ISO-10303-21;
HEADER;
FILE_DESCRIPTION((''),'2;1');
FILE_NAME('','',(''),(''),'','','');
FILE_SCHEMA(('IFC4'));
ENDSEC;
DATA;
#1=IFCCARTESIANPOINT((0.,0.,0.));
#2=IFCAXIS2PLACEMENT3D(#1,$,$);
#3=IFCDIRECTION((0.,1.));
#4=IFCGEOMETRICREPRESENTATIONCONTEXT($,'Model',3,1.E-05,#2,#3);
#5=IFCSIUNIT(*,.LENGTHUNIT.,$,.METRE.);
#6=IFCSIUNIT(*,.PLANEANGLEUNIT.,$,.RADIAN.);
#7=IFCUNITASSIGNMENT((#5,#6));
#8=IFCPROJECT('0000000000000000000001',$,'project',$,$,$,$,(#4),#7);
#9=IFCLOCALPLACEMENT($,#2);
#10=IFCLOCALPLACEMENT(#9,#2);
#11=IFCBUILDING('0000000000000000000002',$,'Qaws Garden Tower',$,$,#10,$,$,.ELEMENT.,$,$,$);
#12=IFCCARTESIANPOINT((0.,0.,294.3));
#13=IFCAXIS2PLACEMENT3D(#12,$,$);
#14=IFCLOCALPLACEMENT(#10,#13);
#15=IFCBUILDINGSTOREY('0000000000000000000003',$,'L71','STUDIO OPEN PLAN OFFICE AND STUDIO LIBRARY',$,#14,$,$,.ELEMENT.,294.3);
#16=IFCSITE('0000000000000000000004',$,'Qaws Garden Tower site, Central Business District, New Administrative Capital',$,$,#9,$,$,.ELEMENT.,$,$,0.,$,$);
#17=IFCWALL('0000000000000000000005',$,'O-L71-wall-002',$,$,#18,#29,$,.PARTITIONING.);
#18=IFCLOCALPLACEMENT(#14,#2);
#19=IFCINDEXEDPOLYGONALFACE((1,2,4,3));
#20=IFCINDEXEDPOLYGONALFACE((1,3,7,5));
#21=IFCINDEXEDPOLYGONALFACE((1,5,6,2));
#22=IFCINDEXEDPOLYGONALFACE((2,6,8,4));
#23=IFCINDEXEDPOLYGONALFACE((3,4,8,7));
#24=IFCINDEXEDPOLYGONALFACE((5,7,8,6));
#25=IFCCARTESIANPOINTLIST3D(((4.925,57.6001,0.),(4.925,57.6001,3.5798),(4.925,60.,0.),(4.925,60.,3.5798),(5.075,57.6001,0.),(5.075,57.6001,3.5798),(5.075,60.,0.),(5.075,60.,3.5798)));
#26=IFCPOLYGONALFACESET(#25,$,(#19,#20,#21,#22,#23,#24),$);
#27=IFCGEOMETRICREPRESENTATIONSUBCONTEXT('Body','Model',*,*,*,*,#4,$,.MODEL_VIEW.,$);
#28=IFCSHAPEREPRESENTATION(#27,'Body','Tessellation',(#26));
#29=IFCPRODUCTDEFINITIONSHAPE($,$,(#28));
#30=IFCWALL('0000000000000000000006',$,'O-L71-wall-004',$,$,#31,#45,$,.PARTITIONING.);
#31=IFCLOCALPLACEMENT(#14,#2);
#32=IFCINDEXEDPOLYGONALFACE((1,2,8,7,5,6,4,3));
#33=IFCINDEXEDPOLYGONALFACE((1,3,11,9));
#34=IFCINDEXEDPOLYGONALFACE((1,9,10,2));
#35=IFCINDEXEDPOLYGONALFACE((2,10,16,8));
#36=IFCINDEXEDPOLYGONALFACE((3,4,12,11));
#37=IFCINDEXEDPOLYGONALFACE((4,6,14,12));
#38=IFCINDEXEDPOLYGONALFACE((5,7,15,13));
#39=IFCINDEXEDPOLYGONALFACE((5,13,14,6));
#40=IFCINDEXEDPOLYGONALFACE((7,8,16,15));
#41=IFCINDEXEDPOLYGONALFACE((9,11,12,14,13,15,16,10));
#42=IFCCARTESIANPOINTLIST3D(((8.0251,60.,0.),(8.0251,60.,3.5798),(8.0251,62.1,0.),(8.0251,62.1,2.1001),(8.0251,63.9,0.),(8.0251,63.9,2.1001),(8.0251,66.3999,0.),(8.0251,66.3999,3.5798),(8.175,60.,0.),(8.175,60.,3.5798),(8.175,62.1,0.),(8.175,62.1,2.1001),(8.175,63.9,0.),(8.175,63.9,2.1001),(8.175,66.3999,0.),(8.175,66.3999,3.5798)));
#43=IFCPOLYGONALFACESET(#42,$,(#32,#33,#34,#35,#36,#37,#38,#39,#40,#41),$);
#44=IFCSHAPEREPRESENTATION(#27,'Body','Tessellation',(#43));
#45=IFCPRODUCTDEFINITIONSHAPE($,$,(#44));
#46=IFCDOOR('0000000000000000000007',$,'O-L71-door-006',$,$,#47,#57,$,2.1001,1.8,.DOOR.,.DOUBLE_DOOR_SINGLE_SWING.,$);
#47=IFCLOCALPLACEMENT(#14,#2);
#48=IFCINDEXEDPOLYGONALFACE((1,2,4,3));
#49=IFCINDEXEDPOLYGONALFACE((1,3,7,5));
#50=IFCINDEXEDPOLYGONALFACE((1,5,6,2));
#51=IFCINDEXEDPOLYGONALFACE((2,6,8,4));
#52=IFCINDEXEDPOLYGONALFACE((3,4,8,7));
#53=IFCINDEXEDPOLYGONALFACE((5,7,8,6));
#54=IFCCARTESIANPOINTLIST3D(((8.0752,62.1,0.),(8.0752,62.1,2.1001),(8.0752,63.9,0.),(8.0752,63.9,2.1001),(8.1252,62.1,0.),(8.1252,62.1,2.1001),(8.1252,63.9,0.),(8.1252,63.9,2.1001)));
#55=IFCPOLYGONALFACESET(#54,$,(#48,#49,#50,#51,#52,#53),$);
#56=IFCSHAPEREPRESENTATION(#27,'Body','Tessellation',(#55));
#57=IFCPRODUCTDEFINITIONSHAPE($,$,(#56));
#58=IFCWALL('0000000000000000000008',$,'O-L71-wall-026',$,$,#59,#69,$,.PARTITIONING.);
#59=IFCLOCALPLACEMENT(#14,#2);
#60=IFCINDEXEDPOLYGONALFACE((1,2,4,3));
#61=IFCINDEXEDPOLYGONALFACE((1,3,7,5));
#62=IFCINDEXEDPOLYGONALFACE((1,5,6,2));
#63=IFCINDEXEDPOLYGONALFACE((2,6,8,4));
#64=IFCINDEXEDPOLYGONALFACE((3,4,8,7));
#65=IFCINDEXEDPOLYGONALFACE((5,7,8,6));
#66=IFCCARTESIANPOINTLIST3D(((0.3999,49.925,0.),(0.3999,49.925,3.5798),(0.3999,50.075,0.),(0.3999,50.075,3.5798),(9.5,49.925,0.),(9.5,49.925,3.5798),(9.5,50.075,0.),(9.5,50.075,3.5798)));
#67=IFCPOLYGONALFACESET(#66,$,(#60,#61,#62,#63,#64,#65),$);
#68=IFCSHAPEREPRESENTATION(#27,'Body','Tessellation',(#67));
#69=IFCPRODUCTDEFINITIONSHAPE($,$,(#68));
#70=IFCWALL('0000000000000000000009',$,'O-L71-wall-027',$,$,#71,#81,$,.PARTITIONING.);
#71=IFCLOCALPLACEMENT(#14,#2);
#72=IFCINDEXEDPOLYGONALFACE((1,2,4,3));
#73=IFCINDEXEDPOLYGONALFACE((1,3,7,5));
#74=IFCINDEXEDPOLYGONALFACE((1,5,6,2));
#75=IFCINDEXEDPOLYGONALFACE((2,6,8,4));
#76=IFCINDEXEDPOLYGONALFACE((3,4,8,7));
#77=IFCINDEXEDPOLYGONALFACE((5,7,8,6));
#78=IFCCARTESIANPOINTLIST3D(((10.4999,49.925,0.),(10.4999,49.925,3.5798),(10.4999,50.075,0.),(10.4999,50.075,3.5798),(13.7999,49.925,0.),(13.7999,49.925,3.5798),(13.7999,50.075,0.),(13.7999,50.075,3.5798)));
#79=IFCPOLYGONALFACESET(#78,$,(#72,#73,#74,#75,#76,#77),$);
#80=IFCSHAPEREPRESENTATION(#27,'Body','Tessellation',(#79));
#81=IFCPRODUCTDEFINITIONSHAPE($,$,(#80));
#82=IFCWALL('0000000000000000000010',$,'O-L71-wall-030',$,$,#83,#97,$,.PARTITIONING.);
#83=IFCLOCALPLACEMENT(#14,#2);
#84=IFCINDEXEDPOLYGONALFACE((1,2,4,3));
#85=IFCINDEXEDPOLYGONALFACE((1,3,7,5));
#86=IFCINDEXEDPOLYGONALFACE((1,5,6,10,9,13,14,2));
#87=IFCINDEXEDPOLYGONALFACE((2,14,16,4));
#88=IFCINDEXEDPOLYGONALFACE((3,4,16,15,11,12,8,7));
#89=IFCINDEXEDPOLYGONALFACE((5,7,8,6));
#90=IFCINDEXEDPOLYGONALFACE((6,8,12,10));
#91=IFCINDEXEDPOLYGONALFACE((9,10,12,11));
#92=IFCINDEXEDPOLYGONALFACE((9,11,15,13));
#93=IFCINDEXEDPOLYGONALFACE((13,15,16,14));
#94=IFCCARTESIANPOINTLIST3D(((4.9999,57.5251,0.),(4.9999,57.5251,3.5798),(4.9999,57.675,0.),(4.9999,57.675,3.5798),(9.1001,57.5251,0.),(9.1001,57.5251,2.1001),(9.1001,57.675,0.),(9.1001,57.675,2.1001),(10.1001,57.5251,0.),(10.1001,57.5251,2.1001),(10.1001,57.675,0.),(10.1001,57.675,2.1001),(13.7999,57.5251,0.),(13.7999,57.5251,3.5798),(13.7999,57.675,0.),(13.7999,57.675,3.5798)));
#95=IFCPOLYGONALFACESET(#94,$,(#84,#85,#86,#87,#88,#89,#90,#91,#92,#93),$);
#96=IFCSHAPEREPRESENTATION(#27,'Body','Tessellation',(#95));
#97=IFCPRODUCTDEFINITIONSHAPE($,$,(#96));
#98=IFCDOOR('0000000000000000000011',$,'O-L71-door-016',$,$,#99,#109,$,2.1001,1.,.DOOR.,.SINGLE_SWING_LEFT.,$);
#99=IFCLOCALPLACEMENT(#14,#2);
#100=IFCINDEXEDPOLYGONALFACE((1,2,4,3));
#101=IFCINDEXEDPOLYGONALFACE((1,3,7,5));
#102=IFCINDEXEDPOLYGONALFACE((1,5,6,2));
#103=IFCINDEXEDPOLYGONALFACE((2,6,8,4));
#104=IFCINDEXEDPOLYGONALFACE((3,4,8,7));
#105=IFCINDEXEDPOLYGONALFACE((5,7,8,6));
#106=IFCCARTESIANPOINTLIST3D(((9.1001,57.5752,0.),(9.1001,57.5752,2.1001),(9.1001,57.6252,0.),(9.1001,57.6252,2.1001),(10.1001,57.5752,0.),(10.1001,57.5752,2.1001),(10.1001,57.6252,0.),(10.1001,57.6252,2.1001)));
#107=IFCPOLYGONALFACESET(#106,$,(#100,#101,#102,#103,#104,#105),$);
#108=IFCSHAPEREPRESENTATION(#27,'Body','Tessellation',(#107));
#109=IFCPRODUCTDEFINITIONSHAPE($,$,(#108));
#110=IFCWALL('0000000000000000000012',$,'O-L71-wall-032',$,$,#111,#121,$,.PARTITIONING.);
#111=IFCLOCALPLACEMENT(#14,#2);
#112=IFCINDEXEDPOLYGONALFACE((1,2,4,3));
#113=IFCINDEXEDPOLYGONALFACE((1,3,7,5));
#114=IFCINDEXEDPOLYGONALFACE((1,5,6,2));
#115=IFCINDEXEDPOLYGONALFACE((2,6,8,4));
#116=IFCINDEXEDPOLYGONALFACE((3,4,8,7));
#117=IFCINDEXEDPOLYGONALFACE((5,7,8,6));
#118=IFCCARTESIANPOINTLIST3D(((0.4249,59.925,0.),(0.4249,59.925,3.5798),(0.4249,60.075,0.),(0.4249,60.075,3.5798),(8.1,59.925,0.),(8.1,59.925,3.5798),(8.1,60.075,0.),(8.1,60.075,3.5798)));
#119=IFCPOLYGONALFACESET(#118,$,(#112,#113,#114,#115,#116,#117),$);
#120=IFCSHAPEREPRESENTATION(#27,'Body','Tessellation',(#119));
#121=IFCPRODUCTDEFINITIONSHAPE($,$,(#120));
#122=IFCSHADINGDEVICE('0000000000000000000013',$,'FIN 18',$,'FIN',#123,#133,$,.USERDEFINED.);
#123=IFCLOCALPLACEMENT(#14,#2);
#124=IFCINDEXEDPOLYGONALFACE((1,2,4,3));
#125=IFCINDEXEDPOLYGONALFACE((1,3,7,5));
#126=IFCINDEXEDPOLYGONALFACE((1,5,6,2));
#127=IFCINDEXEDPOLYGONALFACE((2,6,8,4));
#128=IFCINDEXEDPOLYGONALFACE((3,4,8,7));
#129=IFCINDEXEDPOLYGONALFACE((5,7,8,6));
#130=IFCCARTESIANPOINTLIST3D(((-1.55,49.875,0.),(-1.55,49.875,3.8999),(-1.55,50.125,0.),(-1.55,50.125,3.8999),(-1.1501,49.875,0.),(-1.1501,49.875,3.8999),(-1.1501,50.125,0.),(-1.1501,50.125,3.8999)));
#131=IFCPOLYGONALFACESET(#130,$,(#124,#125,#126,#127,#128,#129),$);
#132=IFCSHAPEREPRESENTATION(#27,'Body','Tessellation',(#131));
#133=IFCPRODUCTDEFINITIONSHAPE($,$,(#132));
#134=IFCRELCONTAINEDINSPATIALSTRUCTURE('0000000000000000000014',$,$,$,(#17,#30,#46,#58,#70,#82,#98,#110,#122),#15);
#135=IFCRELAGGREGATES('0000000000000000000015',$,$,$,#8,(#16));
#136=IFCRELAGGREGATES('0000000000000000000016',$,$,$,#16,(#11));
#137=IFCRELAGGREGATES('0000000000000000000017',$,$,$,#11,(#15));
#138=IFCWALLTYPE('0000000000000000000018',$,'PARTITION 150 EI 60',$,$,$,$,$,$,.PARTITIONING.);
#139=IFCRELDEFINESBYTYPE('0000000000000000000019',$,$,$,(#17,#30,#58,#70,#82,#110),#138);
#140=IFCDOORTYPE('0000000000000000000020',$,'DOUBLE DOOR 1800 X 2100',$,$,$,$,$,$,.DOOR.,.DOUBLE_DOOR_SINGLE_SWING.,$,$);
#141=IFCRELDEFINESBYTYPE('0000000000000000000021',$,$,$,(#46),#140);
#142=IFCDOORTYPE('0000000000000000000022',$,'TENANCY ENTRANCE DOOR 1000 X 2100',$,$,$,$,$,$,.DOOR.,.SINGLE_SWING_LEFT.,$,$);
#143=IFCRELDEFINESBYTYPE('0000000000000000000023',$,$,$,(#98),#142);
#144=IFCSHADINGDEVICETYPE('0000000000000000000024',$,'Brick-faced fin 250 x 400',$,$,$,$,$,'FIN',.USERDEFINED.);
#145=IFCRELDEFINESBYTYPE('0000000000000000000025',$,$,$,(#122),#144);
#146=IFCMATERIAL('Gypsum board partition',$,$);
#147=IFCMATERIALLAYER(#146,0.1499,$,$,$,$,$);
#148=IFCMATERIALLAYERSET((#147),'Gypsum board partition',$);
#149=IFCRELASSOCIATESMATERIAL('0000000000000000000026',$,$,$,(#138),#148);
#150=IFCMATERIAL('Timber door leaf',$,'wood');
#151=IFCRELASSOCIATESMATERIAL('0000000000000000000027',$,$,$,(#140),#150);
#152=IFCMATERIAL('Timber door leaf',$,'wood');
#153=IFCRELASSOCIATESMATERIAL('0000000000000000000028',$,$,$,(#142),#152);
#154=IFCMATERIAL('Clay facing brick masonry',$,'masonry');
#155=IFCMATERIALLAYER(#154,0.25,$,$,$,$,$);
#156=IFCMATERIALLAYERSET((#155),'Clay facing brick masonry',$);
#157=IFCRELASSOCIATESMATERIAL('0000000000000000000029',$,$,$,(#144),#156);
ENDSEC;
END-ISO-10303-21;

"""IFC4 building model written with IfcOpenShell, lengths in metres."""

from ifc_helpers import new_model, si_unit, direction, frame, frame_2d, origin, origin_2d, place, context, subcontext, project, spatial, rectangle, extrude, material, layer, layer_set, type_object, element, fill, save


model = new_model("IFC4")

# Units and contexts
model_context = context("Model", 3, precision=1e-05, world=origin(), true_north=direction((0.0, 1.0)))
body_context = subcontext(model_context, "Body", "Model", "MODEL_VIEW")
ifc_project = project(units=[si_unit("LENGTHUNIT", "METRE"), si_unit("PLANEANGLEUNIT", "RADIAN")], contexts=[model_context])

# Site, building, storey
site_placement = place(None, origin())
site = spatial("IfcSite", under=ifc_project, at=site_placement, Name="Qaws Garden Tower site, Central Business District, New Administrative Capital", CompositionType="ELEMENT", RefElevation=0.0)
building_placement = place(site_placement, origin())
building = spatial("IfcBuilding", under=site, at=building_placement, Name="Qaws Garden Tower", CompositionType="ELEMENT")
storey_placement = place(building_placement, frame((0.0, 0.0, 294.3)))
storey = spatial("IfcBuildingStorey", under=building, at=storey_placement, Name="L71", Description="STUDIO OPEN PLAN OFFICE AND STUDIO LIBRARY", CompositionType="ELEMENT", Elevation=294.3)

# Wall
ifc_material_1 = material(Name="Gypsum board partition")
ifc_layer_1 = layer(ifc_material_1, 0.1499)
ifc_layer_set_1 = layer_set([ifc_layer_1], Name="Gypsum board partition")
wall_type_1 = type_object("IfcWallType", Name="PARTITION 150 EI 60", PredefinedType="PARTITIONING", material=ifc_layer_set_1)
wall_1_placement = place(storey_placement, frame((5.0, 57.6001, 0.0), z_axis=(0.0, 0.0, 1.0), x_axis=(0.0, 1.0, 0.0)))
element("IfcWall", 1, at=wall_1_placement, inside=storey, type_object=wall_type_1, Name="O-L71-wall-002", PredefinedType="PARTITIONING", context=body_context, shape_type="SweptSolid", body=[
    extrude(rectangle(XDim=2.3999, YDim=0.1499, at=frame_2d((1.2, 0.0))), origin(), (0.0, 0.0, 1.0), 3.5798),
])

# Wall, opening, door
wall_2_placement = place(storey_placement, frame((8.1001, 60.0, 0.0), z_axis=(0.0, 0.0, 1.0), x_axis=(0.0, 1.0, 0.0)))
wall_2 = element("IfcWall", 2, at=wall_2_placement, inside=storey, type_object=wall_type_1, Name="O-L71-wall-004", PredefinedType="PARTITIONING", context=body_context, shape_type="SweptSolid", body=[
    extrude(rectangle(XDim=6.3999, YDim=0.1499, at=frame_2d((3.2, 0.0))), origin(), (0.0, 0.0, 1.0), 3.5798),
])
opening_1_placement = place(wall_2_placement, frame((2.1001, 0.0, 0.0)))
opening_1 = element("IfcOpeningElement", 3, at=opening_1_placement, cuts=wall_2, PredefinedType="OPENING", context=body_context, shape_type="SweptSolid", body=[
    extrude(rectangle(XDim=1.8, YDim=2.1001, at=frame_2d((0.8999, 1.05))), frame((0.0, 0.085, 0.0), z_axis=(0.0, -1.0, 0.0), x_axis=(1.0, 0.0, 0.0)), (0.0, 0.0, 1.0), 0.1699),
])
ifc_material_2 = material(Name="Timber door leaf", Category="wood")
door_type_1 = type_object("IfcDoorType", Name="DOUBLE DOOR 1800 X 2100", OperationType="DOUBLE_DOOR_SINGLE_SWING", PredefinedType="DOOR", material=ifc_material_2)
door_1_placement = place(opening_1_placement, origin())
door_1 = element("IfcDoor", 4, at=door_1_placement, inside=storey, type_object=door_type_1, Name="O-L71-door-006", OperationType="DOUBLE_DOOR_SINGLE_SWING", OverallHeight=2.1001, OverallWidth=1.8, PredefinedType="DOOR", context=body_context, shape_type="SweptSolid", body=[
    extrude(rectangle(XDim=1.8, YDim=2.1001, at=frame_2d((0.8999, 1.05))), frame((0.0, 0.0249, 0.0), z_axis=(0.0, -1.0, 0.0), x_axis=(1.0, 0.0, 0.0)), (0.0, 0.0, 1.0), 0.05),
])
fill(opening_1, door_1)

# Walls
wall_3_placement = place(storey_placement, frame((0.3999, 50.0, 0.0), z_axis=(0.0, 0.0, 1.0), x_axis=(1.0, 0.0, 0.0)))
element("IfcWall", 5, at=wall_3_placement, inside=storey, type_object=wall_type_1, Name="O-L71-wall-026", PredefinedType="PARTITIONING", context=body_context, shape_type="SweptSolid", body=[
    extrude(rectangle(XDim=9.1001, YDim=0.1499, at=frame_2d((4.55, 0.0))), origin(), (0.0, 0.0, 1.0), 3.5798),
])
wall_4_placement = place(storey_placement, frame((10.5, 50.0, 0.0), z_axis=(0.0, 0.0, 1.0), x_axis=(1.0, 0.0, 0.0)))
element("IfcWall", 6, at=wall_4_placement, inside=storey, type_object=wall_type_1, Name="O-L71-wall-027", PredefinedType="PARTITIONING", context=body_context, shape_type="SweptSolid", body=[
    extrude(rectangle(XDim=3.3, YDim=0.1499, at=frame_2d((1.6499, 0.0))), origin(), (0.0, 0.0, 1.0), 3.5798),
])

# Wall, opening, door
wall_5_placement = place(storey_placement, frame((5.0, 57.6001, 0.0), z_axis=(0.0, 0.0, 1.0), x_axis=(1.0, 0.0, 0.0)))
wall_5 = element("IfcWall", 7, at=wall_5_placement, inside=storey, type_object=wall_type_1, Name="O-L71-wall-030", PredefinedType="PARTITIONING", context=body_context, shape_type="SweptSolid", body=[
    extrude(rectangle(XDim=8.8, YDim=0.1499, at=frame_2d((4.3999, 0.0))), origin(), (0.0, 0.0, 1.0), 3.5798),
])
opening_2_placement = place(wall_5_placement, frame((4.1001, 0.0, 0.0)))
opening_2 = element("IfcOpeningElement", 8, at=opening_2_placement, cuts=wall_5, PredefinedType="OPENING", context=body_context, shape_type="SweptSolid", body=[
    extrude(rectangle(XDim=1.0, YDim=2.1001, at=frame_2d((0.5, 1.05))), frame((0.0, 0.085, 0.0), z_axis=(0.0, -1.0, 0.0), x_axis=(1.0, 0.0, 0.0)), (0.0, 0.0, 1.0), 0.1699),
])
ifc_material_3 = material(Name="Timber door leaf", Category="wood")
door_type_2 = type_object("IfcDoorType", Name="TENANCY ENTRANCE DOOR 1000 X 2100", OperationType="SINGLE_SWING_LEFT", PredefinedType="DOOR", material=ifc_material_3)
door_2_placement = place(opening_2_placement, frame((1.0, 0.0, 0.0), z_axis=(0.0, 0.0, 1.0), x_axis=(-1.0, 0.0, 0.0)))
door_2 = element("IfcDoor", 9, at=door_2_placement, inside=storey, type_object=door_type_2, Name="O-L71-door-016", OperationType="SINGLE_SWING_LEFT", OverallHeight=2.1001, OverallWidth=1.0, PredefinedType="DOOR", context=body_context, shape_type="SweptSolid", body=[
    extrude(rectangle(XDim=1.0, YDim=2.1001, at=frame_2d((0.5, 1.05))), frame((0.0, 0.0249, 0.0), z_axis=(0.0, -1.0, 0.0), x_axis=(1.0, 0.0, 0.0)), (0.0, 0.0, 1.0), 0.05),
])
fill(opening_2, door_2)

# Wall
wall_6_placement = place(storey_placement, frame((0.425, 60.0, 0.0), z_axis=(0.0, 0.0, 1.0), x_axis=(1.0, 0.0, 0.0)))
element("IfcWall", 10, at=wall_6_placement, inside=storey, type_object=wall_type_1, Name="O-L71-wall-032", PredefinedType="PARTITIONING", context=body_context, shape_type="SweptSolid", body=[
    extrude(rectangle(XDim=7.675, YDim=0.1499, at=frame_2d((3.8374, 0.0))), origin(), (0.0, 0.0, 1.0), 3.5798),
])

# Shading device
ifc_material_4 = material(Name="Clay facing brick masonry", Category="masonry")
ifc_layer_2 = layer(ifc_material_4, 0.25)
ifc_layer_set_2 = layer_set([ifc_layer_2], Name="Clay facing brick masonry")
shading_device_type = type_object("IfcShadingDeviceType", Name="Brick-faced fin 250 x 400", ElementType="FIN", PredefinedType="USERDEFINED", material=ifc_layer_set_2)
shading_device_placement = place(storey_placement, frame((-1.3501, 50.0, 0.0), z_axis=(0.0, 0.0, 1.0), x_axis=(0.0, -1.0, 0.0)))
element("IfcShadingDevice", 11, at=shading_device_placement, inside=storey, type_object=shading_device_type, Name="FIN 18", ObjectType="FIN", PredefinedType="USERDEFINED", context=body_context, shape_type="SweptSolid", body=[
    extrude(rectangle(XDim=0.25, YDim=0.3999, at=origin_2d()), origin(), (0.0, 0.0, 1.0), 3.8999),
])

save(model, "model.ifc")
